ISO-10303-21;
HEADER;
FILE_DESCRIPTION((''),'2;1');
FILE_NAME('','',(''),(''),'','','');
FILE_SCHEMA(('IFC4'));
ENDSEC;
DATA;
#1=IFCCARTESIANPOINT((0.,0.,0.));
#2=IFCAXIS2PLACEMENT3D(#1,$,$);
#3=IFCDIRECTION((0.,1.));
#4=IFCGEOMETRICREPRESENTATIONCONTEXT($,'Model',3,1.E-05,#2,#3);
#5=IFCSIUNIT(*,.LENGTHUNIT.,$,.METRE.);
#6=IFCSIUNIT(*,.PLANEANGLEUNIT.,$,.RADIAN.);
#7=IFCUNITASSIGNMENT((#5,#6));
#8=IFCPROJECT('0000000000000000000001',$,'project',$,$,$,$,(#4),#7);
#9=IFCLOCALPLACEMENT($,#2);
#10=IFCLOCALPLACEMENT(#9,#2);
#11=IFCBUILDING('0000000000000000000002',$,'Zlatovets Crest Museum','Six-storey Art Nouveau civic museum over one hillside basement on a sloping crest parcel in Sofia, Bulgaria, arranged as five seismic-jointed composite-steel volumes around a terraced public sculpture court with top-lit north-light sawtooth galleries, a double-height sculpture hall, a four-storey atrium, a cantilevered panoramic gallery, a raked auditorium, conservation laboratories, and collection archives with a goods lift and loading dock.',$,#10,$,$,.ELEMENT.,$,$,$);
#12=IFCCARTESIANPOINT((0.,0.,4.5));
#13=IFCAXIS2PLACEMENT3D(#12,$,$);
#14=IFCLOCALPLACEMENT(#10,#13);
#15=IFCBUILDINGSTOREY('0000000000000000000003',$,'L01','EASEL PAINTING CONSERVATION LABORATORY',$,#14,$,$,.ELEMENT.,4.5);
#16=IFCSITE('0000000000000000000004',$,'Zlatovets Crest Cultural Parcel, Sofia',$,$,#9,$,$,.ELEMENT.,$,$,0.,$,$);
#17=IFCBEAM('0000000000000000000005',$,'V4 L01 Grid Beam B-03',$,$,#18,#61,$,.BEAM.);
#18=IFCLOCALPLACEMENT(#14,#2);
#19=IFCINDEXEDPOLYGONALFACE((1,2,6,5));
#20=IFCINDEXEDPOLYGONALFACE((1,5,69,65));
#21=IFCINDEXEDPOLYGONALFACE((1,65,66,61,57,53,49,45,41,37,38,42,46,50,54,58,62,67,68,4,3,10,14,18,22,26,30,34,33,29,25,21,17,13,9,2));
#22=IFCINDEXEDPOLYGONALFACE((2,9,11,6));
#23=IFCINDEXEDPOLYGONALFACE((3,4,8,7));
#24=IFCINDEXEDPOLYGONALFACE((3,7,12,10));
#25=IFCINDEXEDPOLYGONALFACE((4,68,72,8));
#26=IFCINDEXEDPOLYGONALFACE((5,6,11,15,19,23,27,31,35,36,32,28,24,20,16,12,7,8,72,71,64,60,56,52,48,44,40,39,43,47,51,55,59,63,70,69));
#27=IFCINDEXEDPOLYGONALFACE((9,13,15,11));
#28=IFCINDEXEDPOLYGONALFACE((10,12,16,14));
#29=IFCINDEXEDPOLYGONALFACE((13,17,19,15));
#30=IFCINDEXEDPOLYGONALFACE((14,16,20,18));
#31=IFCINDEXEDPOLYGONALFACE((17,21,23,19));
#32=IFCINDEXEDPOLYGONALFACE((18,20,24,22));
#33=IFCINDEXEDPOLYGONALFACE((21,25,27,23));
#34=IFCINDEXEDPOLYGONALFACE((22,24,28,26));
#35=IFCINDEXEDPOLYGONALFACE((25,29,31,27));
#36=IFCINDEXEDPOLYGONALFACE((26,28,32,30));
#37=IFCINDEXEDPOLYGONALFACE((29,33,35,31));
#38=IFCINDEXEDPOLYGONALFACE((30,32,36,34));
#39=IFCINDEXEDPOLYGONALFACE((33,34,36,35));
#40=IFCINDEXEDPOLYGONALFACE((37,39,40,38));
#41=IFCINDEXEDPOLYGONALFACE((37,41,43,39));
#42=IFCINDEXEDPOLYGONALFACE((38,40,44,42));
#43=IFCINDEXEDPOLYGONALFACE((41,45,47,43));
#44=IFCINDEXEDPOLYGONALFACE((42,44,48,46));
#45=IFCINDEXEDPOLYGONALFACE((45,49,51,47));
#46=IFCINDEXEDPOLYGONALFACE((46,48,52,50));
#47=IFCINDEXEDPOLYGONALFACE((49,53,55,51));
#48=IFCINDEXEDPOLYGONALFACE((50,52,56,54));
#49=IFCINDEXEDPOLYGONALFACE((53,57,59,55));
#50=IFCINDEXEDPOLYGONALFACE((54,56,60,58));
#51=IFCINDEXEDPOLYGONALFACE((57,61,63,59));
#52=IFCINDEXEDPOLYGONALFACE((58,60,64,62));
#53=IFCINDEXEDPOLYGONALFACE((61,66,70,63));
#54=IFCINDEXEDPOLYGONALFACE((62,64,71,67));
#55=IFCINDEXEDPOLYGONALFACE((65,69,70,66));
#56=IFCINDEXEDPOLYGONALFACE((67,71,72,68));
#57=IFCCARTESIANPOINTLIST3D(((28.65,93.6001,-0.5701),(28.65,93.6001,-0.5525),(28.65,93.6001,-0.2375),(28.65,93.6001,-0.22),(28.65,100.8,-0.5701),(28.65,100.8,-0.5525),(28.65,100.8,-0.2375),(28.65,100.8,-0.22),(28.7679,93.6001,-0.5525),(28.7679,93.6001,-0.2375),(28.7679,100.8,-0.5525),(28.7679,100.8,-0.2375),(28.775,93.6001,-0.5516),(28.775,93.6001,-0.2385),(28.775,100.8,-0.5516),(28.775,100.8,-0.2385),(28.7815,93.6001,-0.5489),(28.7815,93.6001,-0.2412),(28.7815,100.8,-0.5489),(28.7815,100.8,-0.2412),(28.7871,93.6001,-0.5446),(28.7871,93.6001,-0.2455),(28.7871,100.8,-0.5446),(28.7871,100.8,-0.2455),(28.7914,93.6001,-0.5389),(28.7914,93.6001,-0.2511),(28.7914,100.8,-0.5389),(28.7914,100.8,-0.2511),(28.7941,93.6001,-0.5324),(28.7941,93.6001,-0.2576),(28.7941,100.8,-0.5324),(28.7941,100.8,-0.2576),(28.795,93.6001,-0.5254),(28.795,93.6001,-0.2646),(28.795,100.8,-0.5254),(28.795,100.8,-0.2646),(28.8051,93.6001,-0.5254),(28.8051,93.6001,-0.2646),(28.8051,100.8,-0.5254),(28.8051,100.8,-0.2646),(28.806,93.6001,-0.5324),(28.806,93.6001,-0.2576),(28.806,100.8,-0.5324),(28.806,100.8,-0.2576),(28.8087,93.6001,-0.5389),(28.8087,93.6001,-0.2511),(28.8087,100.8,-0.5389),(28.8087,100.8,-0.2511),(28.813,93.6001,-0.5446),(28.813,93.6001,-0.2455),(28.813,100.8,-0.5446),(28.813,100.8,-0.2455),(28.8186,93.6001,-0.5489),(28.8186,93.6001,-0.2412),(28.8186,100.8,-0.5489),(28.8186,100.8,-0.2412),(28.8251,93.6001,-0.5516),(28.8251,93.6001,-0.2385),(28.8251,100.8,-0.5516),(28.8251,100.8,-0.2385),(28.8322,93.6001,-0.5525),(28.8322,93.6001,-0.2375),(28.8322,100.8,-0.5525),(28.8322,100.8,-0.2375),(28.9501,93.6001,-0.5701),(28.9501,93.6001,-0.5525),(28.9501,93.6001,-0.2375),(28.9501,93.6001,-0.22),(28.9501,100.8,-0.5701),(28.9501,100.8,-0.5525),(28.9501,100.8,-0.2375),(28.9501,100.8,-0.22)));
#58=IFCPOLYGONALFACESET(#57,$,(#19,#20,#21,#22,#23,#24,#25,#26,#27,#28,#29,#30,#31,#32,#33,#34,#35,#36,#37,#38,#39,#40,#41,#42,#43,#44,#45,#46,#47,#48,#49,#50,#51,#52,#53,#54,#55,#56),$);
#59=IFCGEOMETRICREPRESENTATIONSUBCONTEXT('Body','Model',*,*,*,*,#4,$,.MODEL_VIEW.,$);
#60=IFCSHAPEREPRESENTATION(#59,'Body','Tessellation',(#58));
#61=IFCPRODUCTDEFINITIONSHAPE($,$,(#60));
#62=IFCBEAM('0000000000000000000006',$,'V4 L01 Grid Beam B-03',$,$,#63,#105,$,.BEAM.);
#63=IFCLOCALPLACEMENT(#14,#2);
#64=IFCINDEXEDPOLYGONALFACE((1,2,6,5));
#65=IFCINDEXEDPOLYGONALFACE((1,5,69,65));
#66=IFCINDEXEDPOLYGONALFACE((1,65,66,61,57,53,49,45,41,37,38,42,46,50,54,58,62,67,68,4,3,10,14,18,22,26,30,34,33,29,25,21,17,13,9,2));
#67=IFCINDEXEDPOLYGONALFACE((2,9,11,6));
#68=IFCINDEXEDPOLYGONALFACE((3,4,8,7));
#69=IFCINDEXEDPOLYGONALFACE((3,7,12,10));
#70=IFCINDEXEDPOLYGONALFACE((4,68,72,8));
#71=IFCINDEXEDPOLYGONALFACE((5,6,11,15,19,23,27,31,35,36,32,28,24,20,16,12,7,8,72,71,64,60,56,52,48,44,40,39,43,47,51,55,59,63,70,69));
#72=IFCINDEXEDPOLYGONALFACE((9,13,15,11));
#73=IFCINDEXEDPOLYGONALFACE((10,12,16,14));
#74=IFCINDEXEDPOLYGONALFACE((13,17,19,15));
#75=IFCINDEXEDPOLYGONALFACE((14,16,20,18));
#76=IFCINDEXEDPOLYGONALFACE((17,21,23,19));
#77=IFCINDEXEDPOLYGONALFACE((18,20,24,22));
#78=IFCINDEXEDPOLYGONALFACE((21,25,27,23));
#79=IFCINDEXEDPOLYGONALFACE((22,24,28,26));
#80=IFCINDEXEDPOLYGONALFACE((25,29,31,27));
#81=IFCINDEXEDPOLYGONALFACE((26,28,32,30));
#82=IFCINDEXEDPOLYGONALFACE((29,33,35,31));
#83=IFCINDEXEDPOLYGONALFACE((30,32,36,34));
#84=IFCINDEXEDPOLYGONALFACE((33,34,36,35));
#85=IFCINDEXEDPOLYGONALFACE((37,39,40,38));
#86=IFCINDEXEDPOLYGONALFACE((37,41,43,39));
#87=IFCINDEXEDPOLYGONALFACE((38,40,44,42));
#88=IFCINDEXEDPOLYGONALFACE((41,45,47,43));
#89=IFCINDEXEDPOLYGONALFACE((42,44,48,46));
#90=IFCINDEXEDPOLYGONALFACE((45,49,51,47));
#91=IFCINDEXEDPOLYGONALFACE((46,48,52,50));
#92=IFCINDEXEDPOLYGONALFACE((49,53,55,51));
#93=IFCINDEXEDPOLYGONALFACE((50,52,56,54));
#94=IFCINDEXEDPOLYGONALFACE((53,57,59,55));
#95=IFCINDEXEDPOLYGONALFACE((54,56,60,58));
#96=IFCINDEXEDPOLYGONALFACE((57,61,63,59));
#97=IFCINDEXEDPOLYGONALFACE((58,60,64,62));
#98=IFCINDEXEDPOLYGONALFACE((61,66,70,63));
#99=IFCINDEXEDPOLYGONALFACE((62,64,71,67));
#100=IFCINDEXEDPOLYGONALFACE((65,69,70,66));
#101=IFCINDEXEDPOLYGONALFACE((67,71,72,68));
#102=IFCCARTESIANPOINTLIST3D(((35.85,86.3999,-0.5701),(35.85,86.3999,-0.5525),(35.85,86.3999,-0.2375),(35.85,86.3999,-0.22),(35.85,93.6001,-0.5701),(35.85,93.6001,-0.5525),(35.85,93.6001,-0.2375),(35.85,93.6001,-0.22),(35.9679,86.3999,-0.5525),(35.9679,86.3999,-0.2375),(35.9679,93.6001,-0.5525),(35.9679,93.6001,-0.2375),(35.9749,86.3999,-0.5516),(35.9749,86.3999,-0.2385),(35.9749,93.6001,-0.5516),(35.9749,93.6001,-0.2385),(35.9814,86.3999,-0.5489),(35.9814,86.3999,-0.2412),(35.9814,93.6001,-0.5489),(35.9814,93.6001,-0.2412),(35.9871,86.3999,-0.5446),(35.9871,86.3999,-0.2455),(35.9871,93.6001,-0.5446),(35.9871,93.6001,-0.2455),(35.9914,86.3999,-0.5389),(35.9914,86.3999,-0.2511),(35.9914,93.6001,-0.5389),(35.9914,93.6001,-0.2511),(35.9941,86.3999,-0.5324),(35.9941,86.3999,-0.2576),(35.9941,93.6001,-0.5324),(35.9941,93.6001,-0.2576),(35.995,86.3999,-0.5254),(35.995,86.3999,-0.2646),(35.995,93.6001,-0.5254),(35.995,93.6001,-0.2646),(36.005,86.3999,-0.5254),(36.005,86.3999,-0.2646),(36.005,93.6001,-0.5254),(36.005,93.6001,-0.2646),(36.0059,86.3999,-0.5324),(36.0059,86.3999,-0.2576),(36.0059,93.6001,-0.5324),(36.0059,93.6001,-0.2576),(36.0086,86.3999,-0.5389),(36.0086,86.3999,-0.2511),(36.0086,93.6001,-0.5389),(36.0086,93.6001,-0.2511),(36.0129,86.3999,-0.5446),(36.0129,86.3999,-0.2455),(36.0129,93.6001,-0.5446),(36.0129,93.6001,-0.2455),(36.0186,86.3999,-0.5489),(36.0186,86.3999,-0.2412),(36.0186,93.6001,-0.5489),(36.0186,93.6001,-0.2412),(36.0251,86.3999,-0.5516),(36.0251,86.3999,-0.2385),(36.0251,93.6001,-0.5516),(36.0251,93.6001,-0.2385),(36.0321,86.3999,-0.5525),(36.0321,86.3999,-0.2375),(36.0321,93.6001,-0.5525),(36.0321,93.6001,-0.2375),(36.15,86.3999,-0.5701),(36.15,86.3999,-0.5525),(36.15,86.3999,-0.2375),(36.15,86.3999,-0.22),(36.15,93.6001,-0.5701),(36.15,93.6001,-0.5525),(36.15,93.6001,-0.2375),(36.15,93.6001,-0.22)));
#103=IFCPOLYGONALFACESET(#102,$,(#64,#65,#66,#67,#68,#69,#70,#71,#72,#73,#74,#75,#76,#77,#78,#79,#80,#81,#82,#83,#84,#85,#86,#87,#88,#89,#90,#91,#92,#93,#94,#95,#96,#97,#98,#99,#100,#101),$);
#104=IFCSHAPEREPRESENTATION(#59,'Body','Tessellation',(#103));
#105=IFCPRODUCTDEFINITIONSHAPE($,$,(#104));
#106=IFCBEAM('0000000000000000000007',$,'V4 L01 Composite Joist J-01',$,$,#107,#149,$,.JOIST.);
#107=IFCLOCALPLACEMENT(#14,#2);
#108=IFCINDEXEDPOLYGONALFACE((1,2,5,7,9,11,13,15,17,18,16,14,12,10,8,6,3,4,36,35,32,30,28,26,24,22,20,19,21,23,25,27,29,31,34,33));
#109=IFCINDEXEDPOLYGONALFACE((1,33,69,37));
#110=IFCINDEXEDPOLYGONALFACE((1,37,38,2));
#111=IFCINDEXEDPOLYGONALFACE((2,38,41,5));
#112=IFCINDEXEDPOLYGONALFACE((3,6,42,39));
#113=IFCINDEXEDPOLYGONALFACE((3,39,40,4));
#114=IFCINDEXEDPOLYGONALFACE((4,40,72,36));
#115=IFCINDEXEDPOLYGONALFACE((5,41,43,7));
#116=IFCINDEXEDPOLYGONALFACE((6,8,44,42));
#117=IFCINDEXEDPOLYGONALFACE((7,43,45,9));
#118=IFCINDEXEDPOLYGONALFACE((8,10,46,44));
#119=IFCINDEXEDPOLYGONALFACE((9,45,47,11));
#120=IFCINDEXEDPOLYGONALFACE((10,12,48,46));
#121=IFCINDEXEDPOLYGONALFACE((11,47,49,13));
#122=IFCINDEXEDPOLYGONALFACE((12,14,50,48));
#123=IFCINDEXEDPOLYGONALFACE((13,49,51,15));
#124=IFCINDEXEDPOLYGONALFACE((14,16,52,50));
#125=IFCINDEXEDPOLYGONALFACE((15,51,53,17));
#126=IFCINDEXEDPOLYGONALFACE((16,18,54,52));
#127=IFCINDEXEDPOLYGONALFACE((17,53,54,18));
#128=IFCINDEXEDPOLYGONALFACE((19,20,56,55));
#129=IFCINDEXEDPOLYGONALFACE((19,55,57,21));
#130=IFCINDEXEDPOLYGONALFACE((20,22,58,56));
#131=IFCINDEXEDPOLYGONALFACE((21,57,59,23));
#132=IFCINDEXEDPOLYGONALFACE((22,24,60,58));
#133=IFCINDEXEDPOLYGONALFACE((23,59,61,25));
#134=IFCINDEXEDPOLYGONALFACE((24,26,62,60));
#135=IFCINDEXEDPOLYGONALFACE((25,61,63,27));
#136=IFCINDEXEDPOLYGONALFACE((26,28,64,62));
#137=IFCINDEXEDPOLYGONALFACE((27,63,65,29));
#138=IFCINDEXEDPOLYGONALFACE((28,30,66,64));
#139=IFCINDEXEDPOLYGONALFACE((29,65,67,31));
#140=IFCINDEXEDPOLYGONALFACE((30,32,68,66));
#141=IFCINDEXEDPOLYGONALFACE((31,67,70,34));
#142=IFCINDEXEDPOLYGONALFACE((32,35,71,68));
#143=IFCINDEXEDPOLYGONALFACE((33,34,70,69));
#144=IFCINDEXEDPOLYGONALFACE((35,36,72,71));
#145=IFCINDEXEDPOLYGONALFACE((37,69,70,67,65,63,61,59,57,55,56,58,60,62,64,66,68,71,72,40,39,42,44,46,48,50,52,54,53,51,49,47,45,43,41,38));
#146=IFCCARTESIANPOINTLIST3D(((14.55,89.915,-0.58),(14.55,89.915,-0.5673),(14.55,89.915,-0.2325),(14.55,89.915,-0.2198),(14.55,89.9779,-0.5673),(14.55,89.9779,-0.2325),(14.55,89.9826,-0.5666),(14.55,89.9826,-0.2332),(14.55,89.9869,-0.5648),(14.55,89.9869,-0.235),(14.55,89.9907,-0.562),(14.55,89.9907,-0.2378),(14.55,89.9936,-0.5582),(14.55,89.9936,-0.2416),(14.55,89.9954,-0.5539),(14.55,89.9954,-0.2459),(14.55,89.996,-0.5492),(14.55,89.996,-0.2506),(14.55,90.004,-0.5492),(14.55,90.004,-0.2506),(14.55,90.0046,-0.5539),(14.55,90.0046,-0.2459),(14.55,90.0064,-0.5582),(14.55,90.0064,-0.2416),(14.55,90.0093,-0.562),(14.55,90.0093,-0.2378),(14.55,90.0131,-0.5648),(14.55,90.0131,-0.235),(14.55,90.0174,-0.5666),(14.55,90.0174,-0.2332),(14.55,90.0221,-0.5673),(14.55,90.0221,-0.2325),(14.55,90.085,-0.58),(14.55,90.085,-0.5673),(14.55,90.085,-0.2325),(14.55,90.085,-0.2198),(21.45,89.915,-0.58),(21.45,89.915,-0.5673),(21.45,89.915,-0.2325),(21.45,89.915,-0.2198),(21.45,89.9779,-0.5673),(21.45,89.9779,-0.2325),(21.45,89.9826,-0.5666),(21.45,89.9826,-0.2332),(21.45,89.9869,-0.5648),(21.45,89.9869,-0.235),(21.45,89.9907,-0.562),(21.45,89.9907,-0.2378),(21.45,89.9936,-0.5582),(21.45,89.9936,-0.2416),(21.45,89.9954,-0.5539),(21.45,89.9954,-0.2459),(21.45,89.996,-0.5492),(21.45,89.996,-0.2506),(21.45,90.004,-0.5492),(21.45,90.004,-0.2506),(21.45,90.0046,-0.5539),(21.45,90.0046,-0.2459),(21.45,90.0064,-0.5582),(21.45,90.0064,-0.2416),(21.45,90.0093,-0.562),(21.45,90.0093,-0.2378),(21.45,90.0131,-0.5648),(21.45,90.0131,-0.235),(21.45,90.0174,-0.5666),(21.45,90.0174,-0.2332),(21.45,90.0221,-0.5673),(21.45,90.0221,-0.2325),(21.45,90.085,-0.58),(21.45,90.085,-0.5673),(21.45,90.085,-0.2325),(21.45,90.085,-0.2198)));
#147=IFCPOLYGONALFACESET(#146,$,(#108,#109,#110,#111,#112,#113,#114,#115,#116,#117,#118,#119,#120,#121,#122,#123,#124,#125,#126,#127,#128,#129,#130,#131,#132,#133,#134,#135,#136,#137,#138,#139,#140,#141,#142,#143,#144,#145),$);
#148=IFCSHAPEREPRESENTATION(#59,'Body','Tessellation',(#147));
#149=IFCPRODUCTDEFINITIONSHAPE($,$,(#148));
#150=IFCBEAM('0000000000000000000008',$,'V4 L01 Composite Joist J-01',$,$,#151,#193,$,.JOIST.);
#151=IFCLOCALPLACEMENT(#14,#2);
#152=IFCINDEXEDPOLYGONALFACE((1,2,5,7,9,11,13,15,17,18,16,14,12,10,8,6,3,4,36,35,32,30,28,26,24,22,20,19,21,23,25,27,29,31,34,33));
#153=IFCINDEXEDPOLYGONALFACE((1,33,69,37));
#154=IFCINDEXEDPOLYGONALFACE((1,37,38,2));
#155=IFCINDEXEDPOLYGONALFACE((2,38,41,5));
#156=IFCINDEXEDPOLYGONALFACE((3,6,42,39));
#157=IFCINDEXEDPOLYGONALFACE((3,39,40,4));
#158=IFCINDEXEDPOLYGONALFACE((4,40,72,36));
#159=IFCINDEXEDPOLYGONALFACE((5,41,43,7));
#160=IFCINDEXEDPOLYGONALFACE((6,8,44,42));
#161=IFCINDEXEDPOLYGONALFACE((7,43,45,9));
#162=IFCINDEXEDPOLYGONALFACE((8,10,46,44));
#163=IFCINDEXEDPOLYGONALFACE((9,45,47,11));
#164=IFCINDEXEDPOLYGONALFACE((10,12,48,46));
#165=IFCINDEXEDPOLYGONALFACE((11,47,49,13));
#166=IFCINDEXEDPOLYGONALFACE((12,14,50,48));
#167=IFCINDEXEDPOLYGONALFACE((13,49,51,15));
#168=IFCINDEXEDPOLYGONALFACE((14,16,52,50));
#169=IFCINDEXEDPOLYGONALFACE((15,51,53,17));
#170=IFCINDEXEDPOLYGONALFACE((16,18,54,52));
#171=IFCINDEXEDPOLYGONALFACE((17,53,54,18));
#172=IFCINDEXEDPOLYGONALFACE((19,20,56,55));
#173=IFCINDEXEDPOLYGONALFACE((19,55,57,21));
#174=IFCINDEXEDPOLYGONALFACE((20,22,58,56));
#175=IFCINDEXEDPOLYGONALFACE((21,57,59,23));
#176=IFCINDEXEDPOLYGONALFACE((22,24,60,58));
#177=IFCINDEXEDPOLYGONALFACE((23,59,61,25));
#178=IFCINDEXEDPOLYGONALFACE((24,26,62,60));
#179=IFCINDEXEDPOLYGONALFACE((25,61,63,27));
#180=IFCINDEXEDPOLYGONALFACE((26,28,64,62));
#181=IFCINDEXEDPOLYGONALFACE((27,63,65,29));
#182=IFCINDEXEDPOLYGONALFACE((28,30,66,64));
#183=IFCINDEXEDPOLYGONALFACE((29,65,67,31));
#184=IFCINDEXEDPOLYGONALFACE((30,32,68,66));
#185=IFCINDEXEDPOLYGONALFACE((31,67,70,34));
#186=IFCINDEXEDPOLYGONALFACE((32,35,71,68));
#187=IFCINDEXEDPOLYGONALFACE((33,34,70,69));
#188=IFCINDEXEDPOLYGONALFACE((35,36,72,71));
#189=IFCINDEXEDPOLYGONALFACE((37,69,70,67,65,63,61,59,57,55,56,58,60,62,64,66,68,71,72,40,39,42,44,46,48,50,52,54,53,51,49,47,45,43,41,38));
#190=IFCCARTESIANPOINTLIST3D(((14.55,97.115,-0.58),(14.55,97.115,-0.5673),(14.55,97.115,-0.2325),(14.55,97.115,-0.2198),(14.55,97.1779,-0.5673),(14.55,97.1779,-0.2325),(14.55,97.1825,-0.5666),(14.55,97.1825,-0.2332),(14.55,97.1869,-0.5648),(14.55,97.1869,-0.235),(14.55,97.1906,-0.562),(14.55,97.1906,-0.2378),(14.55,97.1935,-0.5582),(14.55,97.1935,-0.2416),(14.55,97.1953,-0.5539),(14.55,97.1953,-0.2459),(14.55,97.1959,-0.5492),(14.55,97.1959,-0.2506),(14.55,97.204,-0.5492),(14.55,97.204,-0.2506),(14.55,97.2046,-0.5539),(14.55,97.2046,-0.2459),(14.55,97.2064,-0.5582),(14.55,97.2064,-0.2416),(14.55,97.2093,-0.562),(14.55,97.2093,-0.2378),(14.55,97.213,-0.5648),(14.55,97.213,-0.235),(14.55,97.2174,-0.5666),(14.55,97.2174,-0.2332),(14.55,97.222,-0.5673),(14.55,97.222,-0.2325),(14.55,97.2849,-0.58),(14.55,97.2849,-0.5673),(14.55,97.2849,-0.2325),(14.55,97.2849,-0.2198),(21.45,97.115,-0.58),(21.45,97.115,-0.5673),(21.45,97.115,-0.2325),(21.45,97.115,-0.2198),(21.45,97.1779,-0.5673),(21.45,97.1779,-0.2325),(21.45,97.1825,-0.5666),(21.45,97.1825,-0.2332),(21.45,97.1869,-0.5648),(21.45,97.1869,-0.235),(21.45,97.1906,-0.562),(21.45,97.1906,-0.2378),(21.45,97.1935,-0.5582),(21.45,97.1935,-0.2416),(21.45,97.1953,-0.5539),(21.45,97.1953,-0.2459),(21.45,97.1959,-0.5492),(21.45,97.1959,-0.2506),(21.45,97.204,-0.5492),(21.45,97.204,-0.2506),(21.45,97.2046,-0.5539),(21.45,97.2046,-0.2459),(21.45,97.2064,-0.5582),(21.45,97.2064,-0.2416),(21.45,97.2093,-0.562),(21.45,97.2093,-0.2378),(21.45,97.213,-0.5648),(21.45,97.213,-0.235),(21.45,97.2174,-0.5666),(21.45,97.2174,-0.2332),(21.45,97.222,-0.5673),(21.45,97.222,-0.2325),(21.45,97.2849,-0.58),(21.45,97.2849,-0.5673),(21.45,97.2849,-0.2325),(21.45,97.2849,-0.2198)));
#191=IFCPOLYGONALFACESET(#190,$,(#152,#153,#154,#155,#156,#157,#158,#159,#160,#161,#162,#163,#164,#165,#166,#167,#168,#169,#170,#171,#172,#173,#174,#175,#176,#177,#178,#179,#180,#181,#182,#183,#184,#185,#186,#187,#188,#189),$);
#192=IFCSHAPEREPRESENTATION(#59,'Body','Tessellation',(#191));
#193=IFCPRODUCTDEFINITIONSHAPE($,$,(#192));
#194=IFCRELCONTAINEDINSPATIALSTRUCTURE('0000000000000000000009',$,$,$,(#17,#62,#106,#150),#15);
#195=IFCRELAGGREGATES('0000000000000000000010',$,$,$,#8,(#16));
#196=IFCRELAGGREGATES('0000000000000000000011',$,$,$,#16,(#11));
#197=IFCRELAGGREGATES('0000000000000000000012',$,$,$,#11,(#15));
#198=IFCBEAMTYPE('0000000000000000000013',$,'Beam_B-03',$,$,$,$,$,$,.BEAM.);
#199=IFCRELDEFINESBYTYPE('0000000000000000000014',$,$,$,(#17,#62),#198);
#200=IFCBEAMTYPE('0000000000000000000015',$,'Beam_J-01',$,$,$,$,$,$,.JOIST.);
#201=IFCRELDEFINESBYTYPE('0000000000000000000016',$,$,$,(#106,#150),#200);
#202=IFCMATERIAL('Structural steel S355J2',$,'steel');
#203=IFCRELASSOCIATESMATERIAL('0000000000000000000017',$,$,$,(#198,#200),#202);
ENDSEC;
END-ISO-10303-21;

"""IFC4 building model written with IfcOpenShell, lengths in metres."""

from ifc_helpers import new_model, si_unit, direction, frame, origin, origin_2d, place, context, subcontext, project, spatial, i_section, extrude, material, material_profile, profile_set, type_object, element, save


model = new_model("IFC4")

# Units and contexts
model_context = context("Model", 3, precision=1e-05, world=origin(), true_north=direction((0.0, 1.0)))
body_context = subcontext(model_context, "Body", "Model", "MODEL_VIEW")
ifc_project = project(units=[si_unit("LENGTHUNIT", "METRE"), si_unit("PLANEANGLEUNIT", "RADIAN")], contexts=[model_context])

# Site, building, storey
site_placement = place(None, origin())
site = spatial("IfcSite", under=ifc_project, at=site_placement, Name="Zlatovets Crest Cultural Parcel, Sofia", CompositionType="ELEMENT", RefElevation=0.0)
building_placement = place(site_placement, origin())
building = spatial("IfcBuilding", under=site, at=building_placement, Name="Zlatovets Crest Museum", Description="Six-storey Art Nouveau civic museum over one hillside basement on a sloping crest parcel in Sofia, Bulgaria, arranged as five seismic-jointed composite-steel volumes around a terraced public sculpture court with top-lit north-light sawtooth galleries, a double-height sculpture hall, a four-storey atrium, a cantilevered panoramic gallery, a raked auditorium, conservation laboratories, and collection archives with a goods lift and loading dock.", CompositionType="ELEMENT")
storey_placement = place(building_placement, frame((0.0, 0.0, 4.5)))
storey = spatial("IfcBuildingStorey", under=building, at=storey_placement, Name="L01", Description="EASEL PAINTING CONSERVATION LABORATORY", CompositionType="ELEMENT", Elevation=4.5)

# Shared definitions
ifc_material_1 = material(Name="Structural steel S355J2", Category="steel")

# Beams
ifc_material_profile_1 = material_profile(ifc_material_1, i_section(OverallWidth=0.3, OverallDepth=0.3501, WebThickness=0.01, FlangeThickness=0.0176, FilletRadius=0.0271, at=origin_2d()), Name="HEA 360")
ifc_profile_set_1 = profile_set([ifc_material_profile_1], Name="Structural steel S355J2")
beam_type_1 = type_object("IfcBeamType", Name="Beam_B-03", PredefinedType="BEAM", material=ifc_profile_set_1)
beam_1_placement = place(storey_placement, frame((28.8, 93.6001, -0.395), z_axis=(0.0, 1.0, 0.0), x_axis=(-1.0, 0.0, 0.0)))
element("IfcBeam", 1, at=beam_1_placement, inside=storey, type_object=beam_type_1, Name="V4 L01 Grid Beam B-03", PredefinedType="BEAM", context=body_context, shape_type="SweptSolid", body=[
    extrude(i_section(OverallWidth=0.3, OverallDepth=0.3501, WebThickness=0.01, FlangeThickness=0.0176, FilletRadius=0.0271, at=origin_2d()), origin(), (0.0, 0.0, 1.0), 7.2),
])
beam_2_placement = place(storey_placement, frame((36.0, 86.3999, -0.395), z_axis=(0.0, 1.0, 0.0), x_axis=(-1.0, 0.0, 0.0)))
element("IfcBeam", 2, at=beam_2_placement, inside=storey, type_object=beam_type_1, Name="V4 L01 Grid Beam B-03", PredefinedType="BEAM", context=body_context, shape_type="SweptSolid", body=[
    extrude(i_section(OverallWidth=0.3, OverallDepth=0.3501, WebThickness=0.01, FlangeThickness=0.0176, FilletRadius=0.0271, at=origin_2d()), origin(), (0.0, 0.0, 1.0), 7.2002),
])
ifc_material_profile_2 = material_profile(ifc_material_1, i_section(OverallWidth=0.1699, OverallDepth=0.3601, WebThickness=0.0081, FlangeThickness=0.0127, FilletRadius=0.0181, at=origin_2d()), Name="IPE 360")
ifc_profile_set_2 = profile_set([ifc_material_profile_2], Name="Structural steel S355J2")
beam_type_2 = type_object("IfcBeamType", Name="Beam_J-01", PredefinedType="JOIST", material=ifc_profile_set_2)
for number, where, z_axis, x_axis, name in (
    (3, (14.55, 90.0, -0.3999), (1.0, 0.0, 0.0), (0.0, 1.0, 0.0), "V4 L01 Composite Joist J-01"),
    (4, (14.55, 97.2, -0.3999), (1.0, 0.0, 0.0), (0.0, 1.0, 0.0), "V4 L01 Composite Joist J-01"),
):
    element("IfcBeam", number, at=place(storey_placement, frame(where, z_axis=z_axis, x_axis=x_axis)), inside=storey, type_object=beam_type_2, Name=name, PredefinedType="JOIST", context=body_context, shape_type="SweptSolid", body=[
        extrude(i_section(OverallWidth=0.1699, OverallDepth=0.3601, WebThickness=0.0081, FlangeThickness=0.0127, FilletRadius=0.0181, at=origin_2d()), origin(), (0.0, 0.0, 1.0), 6.8999),
    ])

save(model, "model.ifc")
